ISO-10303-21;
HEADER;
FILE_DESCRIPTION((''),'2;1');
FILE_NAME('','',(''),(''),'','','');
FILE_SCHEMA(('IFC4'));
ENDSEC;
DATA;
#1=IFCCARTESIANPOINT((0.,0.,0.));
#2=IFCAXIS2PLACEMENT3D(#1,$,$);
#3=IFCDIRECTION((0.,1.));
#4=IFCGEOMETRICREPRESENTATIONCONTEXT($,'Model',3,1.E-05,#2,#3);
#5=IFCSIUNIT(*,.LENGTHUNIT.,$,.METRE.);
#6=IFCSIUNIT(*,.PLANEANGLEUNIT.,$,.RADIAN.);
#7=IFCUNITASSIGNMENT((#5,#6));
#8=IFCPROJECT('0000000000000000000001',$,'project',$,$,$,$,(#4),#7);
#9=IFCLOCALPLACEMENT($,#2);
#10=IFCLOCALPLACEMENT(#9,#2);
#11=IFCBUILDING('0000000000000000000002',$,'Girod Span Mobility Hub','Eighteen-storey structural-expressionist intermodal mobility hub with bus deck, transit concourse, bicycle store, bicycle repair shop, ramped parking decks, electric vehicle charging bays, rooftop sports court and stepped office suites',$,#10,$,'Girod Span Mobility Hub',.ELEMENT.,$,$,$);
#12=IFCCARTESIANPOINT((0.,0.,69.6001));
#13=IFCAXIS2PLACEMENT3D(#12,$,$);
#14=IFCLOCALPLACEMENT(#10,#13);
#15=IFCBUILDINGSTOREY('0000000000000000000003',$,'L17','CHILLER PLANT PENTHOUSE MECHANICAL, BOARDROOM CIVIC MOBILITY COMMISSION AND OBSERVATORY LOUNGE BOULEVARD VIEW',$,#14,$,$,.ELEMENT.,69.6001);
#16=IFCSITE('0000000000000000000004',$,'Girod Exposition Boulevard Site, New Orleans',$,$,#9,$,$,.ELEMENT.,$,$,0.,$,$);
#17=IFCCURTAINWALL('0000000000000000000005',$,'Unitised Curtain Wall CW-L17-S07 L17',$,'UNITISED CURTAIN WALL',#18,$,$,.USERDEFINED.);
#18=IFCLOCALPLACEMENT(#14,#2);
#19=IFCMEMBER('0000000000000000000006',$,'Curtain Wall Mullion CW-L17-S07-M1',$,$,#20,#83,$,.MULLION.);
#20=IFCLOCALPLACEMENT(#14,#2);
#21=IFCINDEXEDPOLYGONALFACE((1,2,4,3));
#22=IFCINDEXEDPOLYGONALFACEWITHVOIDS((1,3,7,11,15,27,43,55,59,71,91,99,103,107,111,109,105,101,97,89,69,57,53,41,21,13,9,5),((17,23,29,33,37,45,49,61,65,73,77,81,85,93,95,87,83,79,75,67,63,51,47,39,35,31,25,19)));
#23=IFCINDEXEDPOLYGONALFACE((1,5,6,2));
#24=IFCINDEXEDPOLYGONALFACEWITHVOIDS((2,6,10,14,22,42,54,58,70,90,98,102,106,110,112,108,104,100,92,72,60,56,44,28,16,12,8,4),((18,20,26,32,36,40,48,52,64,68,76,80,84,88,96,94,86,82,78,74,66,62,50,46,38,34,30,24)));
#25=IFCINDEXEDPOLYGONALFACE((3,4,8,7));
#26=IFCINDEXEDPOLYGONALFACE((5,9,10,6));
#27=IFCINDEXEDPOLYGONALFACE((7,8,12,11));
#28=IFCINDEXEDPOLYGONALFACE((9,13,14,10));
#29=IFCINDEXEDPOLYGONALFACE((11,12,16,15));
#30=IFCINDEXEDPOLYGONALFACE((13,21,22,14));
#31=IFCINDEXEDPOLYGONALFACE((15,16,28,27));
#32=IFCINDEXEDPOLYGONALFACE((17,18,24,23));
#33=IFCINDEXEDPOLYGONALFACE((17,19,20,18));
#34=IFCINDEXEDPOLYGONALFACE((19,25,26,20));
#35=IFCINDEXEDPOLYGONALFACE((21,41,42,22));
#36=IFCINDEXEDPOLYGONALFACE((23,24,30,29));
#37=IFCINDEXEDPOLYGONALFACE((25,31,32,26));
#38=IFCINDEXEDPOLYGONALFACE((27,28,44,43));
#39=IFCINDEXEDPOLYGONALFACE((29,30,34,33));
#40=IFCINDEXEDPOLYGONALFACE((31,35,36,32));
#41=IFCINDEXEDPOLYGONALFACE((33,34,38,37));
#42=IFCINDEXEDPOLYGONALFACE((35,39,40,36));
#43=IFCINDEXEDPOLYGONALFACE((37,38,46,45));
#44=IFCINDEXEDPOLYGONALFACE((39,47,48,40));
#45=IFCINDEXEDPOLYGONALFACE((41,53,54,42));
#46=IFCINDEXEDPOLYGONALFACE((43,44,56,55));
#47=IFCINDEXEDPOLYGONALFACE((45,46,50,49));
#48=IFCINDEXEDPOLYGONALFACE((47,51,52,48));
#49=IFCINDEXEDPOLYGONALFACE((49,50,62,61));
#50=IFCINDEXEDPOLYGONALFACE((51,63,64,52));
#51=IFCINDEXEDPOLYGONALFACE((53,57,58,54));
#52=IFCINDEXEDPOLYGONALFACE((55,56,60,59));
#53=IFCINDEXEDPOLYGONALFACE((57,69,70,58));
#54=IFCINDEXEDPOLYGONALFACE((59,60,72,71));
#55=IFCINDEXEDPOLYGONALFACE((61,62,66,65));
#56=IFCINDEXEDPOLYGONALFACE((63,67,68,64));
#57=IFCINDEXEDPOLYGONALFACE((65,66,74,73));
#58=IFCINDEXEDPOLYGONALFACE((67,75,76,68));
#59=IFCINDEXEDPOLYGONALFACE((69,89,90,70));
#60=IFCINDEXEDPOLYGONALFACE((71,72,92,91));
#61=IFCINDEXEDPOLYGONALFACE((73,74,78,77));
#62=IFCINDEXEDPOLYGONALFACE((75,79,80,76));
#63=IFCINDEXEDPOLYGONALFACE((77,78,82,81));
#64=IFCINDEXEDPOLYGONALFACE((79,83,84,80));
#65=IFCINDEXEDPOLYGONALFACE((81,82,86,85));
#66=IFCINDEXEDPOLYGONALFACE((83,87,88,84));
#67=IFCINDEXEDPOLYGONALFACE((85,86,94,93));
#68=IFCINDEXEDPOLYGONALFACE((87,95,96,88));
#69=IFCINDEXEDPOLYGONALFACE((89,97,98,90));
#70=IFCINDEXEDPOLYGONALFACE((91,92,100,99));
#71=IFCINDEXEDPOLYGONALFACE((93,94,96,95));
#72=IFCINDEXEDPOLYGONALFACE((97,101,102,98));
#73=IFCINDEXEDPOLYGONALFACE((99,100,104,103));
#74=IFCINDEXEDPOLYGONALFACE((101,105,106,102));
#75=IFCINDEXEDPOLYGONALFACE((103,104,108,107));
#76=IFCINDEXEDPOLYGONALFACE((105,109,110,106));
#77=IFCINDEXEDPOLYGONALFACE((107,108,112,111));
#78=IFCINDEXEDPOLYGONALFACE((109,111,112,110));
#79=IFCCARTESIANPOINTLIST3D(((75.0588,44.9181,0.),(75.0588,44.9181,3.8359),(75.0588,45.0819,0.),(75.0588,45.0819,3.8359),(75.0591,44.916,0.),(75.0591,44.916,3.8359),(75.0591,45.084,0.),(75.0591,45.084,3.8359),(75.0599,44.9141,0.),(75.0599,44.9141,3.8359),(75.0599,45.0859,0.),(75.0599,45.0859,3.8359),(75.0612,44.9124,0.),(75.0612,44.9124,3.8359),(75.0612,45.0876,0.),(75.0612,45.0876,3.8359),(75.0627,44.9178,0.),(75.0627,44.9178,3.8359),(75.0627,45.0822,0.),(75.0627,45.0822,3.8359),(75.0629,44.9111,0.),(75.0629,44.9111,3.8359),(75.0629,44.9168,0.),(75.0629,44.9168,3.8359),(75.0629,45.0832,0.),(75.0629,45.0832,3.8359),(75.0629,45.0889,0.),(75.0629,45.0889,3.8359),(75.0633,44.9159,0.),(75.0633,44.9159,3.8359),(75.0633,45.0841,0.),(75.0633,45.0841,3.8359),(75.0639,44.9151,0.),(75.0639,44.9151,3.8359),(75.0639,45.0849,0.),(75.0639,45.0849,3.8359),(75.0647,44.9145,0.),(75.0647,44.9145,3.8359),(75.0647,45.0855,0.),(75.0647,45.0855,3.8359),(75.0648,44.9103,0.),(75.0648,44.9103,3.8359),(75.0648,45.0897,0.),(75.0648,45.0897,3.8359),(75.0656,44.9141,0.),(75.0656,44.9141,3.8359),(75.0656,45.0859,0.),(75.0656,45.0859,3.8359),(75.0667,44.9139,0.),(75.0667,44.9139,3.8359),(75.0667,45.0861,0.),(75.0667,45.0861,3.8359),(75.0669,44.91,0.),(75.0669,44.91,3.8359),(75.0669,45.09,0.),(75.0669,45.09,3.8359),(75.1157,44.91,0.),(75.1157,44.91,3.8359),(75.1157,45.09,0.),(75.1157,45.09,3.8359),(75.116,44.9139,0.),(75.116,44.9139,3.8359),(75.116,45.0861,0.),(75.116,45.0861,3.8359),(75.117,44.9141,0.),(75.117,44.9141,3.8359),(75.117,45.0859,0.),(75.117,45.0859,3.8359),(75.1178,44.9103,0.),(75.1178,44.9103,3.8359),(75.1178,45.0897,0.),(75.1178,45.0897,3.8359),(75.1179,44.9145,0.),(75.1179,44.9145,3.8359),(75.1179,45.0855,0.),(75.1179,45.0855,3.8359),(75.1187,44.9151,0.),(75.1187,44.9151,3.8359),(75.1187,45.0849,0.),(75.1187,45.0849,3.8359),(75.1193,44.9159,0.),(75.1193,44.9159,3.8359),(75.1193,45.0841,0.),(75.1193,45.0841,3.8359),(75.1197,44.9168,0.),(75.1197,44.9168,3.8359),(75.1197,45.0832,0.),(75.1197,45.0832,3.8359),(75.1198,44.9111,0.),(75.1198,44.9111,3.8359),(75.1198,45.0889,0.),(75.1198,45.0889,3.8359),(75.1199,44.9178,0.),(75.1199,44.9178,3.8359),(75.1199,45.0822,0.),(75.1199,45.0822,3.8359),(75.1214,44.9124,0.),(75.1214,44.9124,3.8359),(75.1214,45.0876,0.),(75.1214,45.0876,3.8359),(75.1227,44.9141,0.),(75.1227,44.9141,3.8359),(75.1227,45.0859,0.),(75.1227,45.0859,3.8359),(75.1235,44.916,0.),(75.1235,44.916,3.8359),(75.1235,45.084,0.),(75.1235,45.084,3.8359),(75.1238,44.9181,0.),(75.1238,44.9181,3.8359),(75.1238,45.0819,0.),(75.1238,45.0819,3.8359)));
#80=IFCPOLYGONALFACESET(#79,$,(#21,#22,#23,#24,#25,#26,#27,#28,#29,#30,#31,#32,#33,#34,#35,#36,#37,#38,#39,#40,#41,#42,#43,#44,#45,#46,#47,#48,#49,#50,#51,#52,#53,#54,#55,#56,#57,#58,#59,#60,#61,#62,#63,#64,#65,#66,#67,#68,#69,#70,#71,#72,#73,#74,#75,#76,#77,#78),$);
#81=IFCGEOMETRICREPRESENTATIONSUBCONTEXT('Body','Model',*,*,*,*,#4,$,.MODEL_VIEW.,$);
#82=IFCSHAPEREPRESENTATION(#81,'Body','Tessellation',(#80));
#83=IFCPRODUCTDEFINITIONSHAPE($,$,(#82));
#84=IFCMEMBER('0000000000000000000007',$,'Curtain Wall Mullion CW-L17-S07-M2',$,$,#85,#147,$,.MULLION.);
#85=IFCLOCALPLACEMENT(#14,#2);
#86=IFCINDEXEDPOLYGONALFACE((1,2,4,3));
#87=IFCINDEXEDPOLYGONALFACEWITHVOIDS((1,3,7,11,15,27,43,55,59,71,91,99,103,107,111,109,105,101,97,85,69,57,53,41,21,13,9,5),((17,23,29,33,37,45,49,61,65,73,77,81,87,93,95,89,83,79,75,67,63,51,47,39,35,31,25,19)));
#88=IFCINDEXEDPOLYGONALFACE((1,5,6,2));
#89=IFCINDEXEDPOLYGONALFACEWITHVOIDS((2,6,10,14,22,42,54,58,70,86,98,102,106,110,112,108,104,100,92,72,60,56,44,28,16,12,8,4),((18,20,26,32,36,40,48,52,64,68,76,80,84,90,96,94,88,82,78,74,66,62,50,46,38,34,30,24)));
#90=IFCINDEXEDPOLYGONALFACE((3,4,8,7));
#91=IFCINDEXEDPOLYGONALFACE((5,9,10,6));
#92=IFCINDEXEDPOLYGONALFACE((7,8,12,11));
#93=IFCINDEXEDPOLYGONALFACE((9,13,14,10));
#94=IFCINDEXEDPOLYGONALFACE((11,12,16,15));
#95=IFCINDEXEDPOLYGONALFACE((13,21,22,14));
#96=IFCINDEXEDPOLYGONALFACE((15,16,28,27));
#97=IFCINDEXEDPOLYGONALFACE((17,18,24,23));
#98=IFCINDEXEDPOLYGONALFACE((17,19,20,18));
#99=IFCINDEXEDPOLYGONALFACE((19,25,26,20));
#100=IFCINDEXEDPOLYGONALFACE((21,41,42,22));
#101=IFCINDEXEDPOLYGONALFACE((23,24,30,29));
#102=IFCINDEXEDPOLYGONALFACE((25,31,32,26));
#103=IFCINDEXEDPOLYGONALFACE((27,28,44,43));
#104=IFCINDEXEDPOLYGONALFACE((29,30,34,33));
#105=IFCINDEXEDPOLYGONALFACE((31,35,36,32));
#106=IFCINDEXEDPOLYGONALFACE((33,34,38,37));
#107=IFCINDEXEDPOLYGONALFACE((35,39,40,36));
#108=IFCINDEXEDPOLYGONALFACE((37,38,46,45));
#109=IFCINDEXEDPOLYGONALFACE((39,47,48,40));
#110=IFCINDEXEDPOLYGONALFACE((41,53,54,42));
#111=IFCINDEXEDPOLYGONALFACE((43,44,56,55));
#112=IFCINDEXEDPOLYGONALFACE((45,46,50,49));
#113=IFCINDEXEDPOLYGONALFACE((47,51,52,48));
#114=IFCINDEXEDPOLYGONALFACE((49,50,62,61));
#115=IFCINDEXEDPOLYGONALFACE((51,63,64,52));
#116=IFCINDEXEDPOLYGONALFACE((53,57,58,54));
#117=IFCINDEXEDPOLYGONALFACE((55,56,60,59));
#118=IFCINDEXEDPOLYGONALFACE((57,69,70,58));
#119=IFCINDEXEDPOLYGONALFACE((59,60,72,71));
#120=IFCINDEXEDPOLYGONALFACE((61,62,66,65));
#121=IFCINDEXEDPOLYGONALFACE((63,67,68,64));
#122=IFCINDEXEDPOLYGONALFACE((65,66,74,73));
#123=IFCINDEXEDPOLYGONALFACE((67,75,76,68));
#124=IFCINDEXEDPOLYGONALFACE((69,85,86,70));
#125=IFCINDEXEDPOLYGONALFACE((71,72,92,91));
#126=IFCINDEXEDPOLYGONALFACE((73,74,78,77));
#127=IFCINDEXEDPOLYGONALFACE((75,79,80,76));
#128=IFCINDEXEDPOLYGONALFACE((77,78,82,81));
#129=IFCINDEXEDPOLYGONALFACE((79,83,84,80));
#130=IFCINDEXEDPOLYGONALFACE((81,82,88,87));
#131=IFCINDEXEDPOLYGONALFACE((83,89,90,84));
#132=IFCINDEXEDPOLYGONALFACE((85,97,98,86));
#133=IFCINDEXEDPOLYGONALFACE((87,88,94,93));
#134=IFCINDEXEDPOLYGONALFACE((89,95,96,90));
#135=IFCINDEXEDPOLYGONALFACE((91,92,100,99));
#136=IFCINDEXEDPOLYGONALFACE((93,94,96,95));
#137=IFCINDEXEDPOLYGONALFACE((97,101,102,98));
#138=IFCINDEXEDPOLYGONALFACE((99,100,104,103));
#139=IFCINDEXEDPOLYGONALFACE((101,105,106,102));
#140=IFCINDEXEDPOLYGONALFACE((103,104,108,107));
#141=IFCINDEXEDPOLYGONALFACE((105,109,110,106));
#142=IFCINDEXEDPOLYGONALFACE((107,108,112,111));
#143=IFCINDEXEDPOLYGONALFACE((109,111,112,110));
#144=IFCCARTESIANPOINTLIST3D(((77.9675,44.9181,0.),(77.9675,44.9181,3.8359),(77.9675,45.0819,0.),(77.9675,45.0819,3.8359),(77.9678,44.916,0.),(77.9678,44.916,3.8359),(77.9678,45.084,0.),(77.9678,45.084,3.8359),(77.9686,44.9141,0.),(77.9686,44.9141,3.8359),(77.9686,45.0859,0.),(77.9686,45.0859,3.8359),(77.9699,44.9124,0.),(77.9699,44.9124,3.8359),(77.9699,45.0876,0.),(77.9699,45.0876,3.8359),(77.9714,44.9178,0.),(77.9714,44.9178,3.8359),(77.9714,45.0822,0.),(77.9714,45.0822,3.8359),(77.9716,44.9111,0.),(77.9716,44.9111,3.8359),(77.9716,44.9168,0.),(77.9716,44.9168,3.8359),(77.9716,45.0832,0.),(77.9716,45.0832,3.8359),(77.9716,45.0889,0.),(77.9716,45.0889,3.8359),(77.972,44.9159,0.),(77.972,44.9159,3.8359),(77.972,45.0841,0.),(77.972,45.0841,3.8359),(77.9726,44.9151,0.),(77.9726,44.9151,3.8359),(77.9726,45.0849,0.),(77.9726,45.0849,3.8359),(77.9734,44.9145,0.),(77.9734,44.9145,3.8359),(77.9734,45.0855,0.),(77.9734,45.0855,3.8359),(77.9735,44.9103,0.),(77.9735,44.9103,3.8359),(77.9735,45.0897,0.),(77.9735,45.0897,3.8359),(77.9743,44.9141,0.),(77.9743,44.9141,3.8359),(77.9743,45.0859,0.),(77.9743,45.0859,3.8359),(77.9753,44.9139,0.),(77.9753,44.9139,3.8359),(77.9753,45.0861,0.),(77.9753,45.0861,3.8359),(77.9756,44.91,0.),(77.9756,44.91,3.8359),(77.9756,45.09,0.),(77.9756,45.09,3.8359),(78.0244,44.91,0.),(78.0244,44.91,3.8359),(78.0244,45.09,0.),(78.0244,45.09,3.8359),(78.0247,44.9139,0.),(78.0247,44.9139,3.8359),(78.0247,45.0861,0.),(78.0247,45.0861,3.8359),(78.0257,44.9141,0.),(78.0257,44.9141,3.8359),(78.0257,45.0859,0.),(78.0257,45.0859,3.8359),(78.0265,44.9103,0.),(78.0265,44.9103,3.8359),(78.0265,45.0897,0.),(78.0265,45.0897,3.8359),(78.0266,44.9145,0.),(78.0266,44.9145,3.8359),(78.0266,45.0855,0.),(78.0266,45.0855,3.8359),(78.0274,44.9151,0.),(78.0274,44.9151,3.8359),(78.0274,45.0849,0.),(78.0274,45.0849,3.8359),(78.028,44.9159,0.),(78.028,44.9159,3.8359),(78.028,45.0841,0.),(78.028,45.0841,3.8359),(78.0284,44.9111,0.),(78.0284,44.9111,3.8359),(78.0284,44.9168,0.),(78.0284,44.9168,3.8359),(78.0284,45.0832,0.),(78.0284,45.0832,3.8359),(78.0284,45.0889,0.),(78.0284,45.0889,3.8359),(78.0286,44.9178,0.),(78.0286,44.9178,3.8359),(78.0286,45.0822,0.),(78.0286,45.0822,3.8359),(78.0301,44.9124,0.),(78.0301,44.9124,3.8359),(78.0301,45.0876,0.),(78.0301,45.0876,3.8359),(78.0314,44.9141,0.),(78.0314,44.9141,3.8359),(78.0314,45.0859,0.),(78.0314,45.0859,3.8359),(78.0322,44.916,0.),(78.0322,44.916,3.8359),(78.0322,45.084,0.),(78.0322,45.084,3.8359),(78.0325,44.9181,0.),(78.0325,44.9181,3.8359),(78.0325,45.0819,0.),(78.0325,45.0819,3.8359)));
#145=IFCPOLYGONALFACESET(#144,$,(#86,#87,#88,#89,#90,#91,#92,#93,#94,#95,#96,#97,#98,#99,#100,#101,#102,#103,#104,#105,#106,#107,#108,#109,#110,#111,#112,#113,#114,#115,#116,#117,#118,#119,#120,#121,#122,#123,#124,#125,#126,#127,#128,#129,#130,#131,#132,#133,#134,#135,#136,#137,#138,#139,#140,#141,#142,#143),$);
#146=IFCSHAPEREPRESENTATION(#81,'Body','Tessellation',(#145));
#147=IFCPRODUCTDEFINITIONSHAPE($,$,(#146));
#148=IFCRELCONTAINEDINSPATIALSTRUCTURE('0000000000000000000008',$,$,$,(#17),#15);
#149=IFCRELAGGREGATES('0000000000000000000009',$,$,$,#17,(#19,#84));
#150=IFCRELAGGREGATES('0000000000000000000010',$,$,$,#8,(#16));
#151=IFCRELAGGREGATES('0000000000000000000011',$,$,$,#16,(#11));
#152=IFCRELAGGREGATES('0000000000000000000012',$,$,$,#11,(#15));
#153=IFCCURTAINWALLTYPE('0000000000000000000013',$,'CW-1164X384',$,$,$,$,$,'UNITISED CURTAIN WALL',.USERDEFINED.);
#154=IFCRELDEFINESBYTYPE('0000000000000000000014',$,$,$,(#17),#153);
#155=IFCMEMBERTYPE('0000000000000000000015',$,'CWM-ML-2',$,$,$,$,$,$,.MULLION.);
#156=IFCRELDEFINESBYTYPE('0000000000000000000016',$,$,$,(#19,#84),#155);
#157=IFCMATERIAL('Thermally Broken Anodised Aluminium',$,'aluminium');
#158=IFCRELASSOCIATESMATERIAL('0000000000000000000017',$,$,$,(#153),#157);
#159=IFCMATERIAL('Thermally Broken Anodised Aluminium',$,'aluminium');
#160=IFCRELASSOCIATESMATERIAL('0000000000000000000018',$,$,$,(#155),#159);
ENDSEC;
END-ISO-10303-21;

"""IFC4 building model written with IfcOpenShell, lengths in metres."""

from ifc_helpers import new_model, si_unit, direction, frame, origin, origin_2d, place, context, subcontext, project, spatial, hollow_rectangle, extrude, material, material_profile, profile_set, type_object, element, aggregate, save


model = new_model("IFC4")

# Units and contexts
model_context = context("Model", 3, precision=1e-05, world=origin(), true_north=direction((0.0, 1.0)))
body_context = subcontext(model_context, "Body", "Model", "MODEL_VIEW")
ifc_project = project(units=[si_unit("LENGTHUNIT", "METRE"), si_unit("PLANEANGLEUNIT", "RADIAN")], contexts=[model_context])

# Site, building, storey
site_placement = place(None, origin())
site = spatial("IfcSite", under=ifc_project, at=site_placement, Name="Girod Exposition Boulevard Site, New Orleans", CompositionType="ELEMENT", RefElevation=0.0)
building_placement = place(site_placement, origin())
building = spatial("IfcBuilding", under=site, at=building_placement, Name="Girod Span Mobility Hub", Description="Eighteen-storey structural-expressionist intermodal mobility hub with bus deck, transit concourse, bicycle store, bicycle repair shop, ramped parking decks, electric vehicle charging bays, rooftop sports court and stepped office suites", LongName="Girod Span Mobility Hub", CompositionType="ELEMENT")
storey_placement = place(building_placement, frame((0.0, 0.0, 69.6001)))
storey = spatial("IfcBuildingStorey", under=building, at=storey_placement, Name="L17", Description="CHILLER PLANT PENTHOUSE MECHANICAL, BOARDROOM CIVIC MOBILITY COMMISSION AND OBSERVATORY LOUNGE BOULEVARD VIEW", CompositionType="ELEMENT", Elevation=69.6001)

# Curtain wall, members
ifc_material_1 = material(Name="Thermally Broken Anodised Aluminium", Category="aluminium")
curtain_wall_type = type_object("IfcCurtainWallType", Name="CW-1164X384", ElementType="UNITISED CURTAIN WALL", PredefinedType="USERDEFINED", material=ifc_material_1)
ifc_material_2 = material(Name="Thermally Broken Anodised Aluminium", Category="aluminium")
ifc_material_profile_1 = material_profile(ifc_material_2, hollow_rectangle(XDim=0.1799, YDim=0.0649, WallThickness=0.0039, InnerFilletRadius=0.0039, OuterFilletRadius=0.0081, at=origin_2d()), Name="CW-ML-65X180")
ifc_profile_set_1 = profile_set([ifc_material_profile_1], Name="Thermally Broken Anodised Aluminium")
member_type_1 = type_object("IfcMemberType", Name="CWM-ML-2", PredefinedType="MULLION", material=ifc_profile_set_1)
curtain_wall_1_placement = place(storey_placement, origin())
curtain_wall_1 = element("IfcCurtainWall", 1, at=curtain_wall_1_placement, inside=storey, type_object=curtain_wall_type, Name="Unitised Curtain Wall CW-L17-S07 L17", ObjectType="UNITISED CURTAIN WALL", PredefinedType="USERDEFINED")
member_1_placement = place(storey_placement, frame((75.0913, 45.0, 0.0), z_axis=(0.0, 0.0, 1.0), x_axis=(0.0, 1.0, 0.0)))
member_1 = element("IfcMember", 2, at=member_1_placement, type_object=member_type_1, Name="Curtain Wall Mullion CW-L17-S07-M1", PredefinedType="MULLION", context=body_context, shape_type="SweptSolid", body=[
    extrude(hollow_rectangle(XDim=0.1799, YDim=0.0649, WallThickness=0.0039, InnerFilletRadius=0.0039, OuterFilletRadius=0.0081, at=origin_2d()), origin(), (0.0, 0.0, 1.0), 3.8359),
])
member_2_placement = place(storey_placement, frame((78.0, 45.0, 0.0), z_axis=(0.0, 0.0, 1.0), x_axis=(0.0, 1.0, 0.0)))
member_2 = element("IfcMember", 3, at=member_2_placement, type_object=member_type_1, Name="Curtain Wall Mullion CW-L17-S07-M2", PredefinedType="MULLION", context=body_context, shape_type="SweptSolid", body=[
    extrude(hollow_rectangle(XDim=0.1799, YDim=0.0649, WallThickness=0.0039, InnerFilletRadius=0.0039, OuterFilletRadius=0.0081, at=origin_2d()), origin(), (0.0, 0.0, 1.0), 3.8359),
])

aggregate(curtain_wall_1, [member_1, member_2])

save(model, "model.ifc")
